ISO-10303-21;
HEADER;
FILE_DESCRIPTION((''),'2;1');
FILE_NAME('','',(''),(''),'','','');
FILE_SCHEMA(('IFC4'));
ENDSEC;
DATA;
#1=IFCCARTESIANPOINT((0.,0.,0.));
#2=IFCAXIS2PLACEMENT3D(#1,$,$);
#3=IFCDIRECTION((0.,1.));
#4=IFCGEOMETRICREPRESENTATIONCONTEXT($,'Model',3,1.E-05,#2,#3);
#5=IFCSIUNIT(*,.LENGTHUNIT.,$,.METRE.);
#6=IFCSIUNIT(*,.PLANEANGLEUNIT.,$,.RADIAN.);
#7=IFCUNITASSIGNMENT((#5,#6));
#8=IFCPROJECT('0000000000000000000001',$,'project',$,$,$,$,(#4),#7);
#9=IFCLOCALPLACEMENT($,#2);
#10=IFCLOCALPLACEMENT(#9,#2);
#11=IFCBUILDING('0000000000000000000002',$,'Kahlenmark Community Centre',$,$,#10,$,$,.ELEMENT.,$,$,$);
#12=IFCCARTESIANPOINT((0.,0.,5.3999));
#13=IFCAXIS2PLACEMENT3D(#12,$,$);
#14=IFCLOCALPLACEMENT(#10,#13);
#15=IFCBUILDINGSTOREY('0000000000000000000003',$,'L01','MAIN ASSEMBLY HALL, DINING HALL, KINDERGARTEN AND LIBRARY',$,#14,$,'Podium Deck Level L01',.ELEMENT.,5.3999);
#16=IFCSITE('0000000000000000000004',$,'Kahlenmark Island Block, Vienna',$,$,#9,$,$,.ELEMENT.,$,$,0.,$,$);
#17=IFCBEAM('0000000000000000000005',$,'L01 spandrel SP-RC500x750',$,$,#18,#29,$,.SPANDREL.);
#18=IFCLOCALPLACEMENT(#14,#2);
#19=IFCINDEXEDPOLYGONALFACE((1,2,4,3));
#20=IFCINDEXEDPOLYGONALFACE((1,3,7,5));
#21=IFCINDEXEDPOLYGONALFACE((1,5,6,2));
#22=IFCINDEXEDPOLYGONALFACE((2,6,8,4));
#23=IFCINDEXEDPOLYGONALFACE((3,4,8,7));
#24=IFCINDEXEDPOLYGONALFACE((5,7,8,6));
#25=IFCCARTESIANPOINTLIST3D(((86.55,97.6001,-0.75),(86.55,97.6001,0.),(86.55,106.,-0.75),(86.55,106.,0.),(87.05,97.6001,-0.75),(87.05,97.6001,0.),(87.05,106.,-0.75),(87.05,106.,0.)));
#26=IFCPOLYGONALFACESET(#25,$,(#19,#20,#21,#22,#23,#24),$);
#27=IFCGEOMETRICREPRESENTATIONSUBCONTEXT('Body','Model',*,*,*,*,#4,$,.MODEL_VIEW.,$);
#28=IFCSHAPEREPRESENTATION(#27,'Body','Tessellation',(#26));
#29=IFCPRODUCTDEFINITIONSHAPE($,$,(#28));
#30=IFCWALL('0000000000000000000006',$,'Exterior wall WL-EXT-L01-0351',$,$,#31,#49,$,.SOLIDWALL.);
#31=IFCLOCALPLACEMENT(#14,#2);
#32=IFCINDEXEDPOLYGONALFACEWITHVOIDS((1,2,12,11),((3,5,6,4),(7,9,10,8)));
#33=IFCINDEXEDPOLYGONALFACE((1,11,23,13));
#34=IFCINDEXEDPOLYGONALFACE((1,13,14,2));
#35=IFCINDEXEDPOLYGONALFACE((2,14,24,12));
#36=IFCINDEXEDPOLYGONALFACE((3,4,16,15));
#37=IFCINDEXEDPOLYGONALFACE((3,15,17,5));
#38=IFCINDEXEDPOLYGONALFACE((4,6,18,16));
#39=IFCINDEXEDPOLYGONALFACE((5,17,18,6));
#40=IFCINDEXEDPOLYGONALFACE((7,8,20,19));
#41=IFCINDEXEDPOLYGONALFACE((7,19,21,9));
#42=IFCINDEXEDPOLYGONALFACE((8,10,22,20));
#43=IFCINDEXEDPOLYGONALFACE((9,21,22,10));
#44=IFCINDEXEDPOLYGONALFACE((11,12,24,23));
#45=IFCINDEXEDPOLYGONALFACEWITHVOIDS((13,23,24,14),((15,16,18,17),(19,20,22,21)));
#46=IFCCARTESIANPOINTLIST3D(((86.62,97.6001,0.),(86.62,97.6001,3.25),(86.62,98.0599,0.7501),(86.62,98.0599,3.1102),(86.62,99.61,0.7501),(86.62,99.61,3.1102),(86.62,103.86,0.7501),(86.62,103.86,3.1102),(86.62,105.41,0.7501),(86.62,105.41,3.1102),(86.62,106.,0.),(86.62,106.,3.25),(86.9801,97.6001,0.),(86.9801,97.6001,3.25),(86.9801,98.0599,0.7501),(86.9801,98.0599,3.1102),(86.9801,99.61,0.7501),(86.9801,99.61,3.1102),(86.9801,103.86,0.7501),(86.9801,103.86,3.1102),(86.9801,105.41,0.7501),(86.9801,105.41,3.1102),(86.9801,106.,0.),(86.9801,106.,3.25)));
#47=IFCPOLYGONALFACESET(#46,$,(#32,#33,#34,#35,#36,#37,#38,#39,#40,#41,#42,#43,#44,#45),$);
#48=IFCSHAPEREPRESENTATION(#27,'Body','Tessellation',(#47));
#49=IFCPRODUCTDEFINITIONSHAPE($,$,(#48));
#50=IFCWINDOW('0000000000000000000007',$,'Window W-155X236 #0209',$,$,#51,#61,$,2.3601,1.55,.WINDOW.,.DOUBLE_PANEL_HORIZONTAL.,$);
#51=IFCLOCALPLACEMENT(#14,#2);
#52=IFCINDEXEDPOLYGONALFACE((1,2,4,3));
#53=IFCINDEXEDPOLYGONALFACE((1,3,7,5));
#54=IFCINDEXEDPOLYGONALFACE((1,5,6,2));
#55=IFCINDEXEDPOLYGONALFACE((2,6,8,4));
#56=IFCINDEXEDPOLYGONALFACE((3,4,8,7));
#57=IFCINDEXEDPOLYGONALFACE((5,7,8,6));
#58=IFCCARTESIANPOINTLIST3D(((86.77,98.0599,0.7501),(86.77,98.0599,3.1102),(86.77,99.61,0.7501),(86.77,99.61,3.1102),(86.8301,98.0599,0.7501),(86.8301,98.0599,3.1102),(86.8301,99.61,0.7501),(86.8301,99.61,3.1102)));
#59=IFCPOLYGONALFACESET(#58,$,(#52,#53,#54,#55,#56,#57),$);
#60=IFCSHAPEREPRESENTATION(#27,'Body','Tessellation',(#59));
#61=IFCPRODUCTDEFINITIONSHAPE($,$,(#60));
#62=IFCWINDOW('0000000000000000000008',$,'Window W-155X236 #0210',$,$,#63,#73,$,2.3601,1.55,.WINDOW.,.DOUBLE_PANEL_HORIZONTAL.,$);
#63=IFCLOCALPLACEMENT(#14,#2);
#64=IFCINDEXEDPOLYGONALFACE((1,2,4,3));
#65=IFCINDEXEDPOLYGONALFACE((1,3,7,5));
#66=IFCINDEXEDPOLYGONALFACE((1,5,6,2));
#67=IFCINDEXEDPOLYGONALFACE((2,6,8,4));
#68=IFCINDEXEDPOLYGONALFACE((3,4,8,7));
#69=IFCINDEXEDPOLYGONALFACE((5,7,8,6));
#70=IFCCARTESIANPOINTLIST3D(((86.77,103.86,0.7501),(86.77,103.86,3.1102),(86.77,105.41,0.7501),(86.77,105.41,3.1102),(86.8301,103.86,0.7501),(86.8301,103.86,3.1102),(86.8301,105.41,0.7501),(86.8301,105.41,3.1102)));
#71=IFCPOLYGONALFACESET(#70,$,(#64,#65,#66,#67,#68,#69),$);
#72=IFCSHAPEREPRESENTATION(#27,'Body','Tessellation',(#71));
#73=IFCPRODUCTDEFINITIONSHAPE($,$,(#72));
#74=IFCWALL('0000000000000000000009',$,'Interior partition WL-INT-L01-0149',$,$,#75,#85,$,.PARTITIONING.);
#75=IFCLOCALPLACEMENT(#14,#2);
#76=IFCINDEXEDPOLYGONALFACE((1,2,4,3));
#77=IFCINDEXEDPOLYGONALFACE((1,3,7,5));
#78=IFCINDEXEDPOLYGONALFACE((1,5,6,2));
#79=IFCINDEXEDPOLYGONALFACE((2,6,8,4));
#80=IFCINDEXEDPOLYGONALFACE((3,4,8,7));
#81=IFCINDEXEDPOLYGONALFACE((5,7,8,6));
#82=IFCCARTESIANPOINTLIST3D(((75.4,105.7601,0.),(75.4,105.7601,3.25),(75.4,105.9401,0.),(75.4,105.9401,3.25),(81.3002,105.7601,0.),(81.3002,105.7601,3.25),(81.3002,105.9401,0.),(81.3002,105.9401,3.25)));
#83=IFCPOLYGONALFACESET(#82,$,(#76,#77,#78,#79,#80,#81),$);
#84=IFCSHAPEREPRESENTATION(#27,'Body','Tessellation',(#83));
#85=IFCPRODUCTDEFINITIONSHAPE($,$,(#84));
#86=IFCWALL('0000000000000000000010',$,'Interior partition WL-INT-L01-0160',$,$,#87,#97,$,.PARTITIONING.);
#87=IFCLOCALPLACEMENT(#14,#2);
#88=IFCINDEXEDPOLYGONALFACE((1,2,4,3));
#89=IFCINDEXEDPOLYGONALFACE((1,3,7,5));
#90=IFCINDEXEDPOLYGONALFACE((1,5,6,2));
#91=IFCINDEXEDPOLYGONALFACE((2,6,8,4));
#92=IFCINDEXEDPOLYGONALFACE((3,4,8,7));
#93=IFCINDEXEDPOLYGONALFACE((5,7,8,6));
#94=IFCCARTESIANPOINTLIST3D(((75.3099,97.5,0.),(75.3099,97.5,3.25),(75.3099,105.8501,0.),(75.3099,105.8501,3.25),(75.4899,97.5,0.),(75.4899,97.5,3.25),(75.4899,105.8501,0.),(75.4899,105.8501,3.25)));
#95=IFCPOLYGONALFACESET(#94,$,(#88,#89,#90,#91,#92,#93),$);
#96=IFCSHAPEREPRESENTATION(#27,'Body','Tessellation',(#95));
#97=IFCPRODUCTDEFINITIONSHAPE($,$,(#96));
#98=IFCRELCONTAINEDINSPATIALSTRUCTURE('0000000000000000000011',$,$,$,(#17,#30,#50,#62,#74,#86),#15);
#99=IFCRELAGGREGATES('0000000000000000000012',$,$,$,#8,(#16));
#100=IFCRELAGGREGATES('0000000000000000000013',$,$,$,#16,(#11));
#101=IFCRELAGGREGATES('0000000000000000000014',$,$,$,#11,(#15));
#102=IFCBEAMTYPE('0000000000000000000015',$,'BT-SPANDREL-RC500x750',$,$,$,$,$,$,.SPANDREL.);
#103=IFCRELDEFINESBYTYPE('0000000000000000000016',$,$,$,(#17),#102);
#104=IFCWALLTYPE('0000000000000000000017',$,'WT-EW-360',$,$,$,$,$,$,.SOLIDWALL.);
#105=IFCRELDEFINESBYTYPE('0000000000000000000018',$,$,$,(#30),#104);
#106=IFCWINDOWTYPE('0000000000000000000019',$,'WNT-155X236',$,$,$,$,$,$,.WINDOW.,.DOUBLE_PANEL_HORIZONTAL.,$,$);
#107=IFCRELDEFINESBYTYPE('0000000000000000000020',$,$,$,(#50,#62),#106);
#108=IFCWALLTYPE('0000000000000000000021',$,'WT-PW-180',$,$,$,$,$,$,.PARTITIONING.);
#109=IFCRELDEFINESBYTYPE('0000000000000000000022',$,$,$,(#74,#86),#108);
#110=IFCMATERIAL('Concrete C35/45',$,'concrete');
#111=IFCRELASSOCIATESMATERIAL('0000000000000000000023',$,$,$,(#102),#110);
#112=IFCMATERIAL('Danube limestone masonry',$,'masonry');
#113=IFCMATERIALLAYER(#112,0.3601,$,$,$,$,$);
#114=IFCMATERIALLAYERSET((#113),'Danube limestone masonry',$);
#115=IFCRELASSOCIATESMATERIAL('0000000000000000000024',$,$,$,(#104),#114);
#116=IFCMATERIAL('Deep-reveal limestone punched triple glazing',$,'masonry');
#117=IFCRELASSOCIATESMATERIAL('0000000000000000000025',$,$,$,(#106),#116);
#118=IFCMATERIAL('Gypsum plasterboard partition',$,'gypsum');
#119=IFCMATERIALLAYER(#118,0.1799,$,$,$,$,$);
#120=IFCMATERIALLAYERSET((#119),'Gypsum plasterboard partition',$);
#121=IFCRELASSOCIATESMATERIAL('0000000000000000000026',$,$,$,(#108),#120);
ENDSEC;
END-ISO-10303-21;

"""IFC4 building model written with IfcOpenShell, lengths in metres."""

from ifc_helpers import new_model, si_unit, direction, frame, frame_2d, origin, origin_2d, place, context, subcontext, project, spatial, rectangle, extrude, material, layer, layer_set, material_profile, profile_set, type_object, element, fill, save


model = new_model("IFC4")

# Units and contexts
model_context = context("Model", 3, precision=1e-05, world=origin(), true_north=direction((0.0, 1.0)))
body_context = subcontext(model_context, "Body", "Model", "MODEL_VIEW")
ifc_project = project(units=[si_unit("LENGTHUNIT", "METRE"), si_unit("PLANEANGLEUNIT", "RADIAN")], contexts=[model_context])

# Site, building, storey
site_placement = place(None, origin())
site = spatial("IfcSite", under=ifc_project, at=site_placement, Name="Kahlenmark Island Block, Vienna", CompositionType="ELEMENT", RefElevation=0.0)
building_placement = place(site_placement, origin())
building = spatial("IfcBuilding", under=site, at=building_placement, Name="Kahlenmark Community Centre", CompositionType="ELEMENT")
storey_placement = place(building_placement, frame((0.0, 0.0, 5.3999)))
storey = spatial("IfcBuildingStorey", under=building, at=storey_placement, Name="L01", Description="MAIN ASSEMBLY HALL, DINING HALL, KINDERGARTEN AND LIBRARY", LongName="Podium Deck Level L01", CompositionType="ELEMENT", Elevation=5.3999)

# Beam
ifc_material_1 = material(Name="Concrete C35/45", Category="concrete")
ifc_material_profile_1 = material_profile(ifc_material_1, rectangle(XDim=0.5, YDim=0.75, at=origin_2d()), Name="RC 500x750")
ifc_profile_set_1 = profile_set([ifc_material_profile_1], Name="Concrete C35/45")
beam_type_1 = type_object("IfcBeamType", Name="BT-SPANDREL-RC500x750", PredefinedType="SPANDREL", material=ifc_profile_set_1)
beam_1_placement = place(storey_placement, frame((86.8, 97.6001, -0.375), z_axis=(0.0, 1.0, 0.0), x_axis=(-1.0, 0.0, 0.0)))
element("IfcBeam", 1, at=beam_1_placement, inside=storey, type_object=beam_type_1, Name="L01 spandrel SP-RC500x750", PredefinedType="SPANDREL", context=body_context, shape_type="SweptSolid", body=[
    extrude(rectangle(XDim=0.5, YDim=0.75, at=origin_2d()), origin(), (0.0, 0.0, 1.0), 8.3999),
])

# Wall, openings, windows
ifc_material_2 = material(Name="Danube limestone masonry", Category="masonry")
ifc_layer_1 = layer(ifc_material_2, 0.3601)
ifc_layer_set_1 = layer_set([ifc_layer_1], Name="Danube limestone masonry")
wall_type_1 = type_object("IfcWallType", Name="WT-EW-360", PredefinedType="SOLIDWALL", material=ifc_layer_set_1)
wall_1_placement = place(storey_placement, frame((86.8, 97.6001, 0.0), z_axis=(0.0, 0.0, 1.0), x_axis=(0.0, 1.0, 0.0)))
wall_1 = element("IfcWall", 2, at=wall_1_placement, inside=storey, type_object=wall_type_1, Name="Exterior wall WL-EXT-L01-0351", PredefinedType="SOLIDWALL", context=body_context, shape_type="SweptSolid", body=[
    extrude(rectangle(XDim=8.3999, YDim=0.3601, at=frame_2d((4.2, 0.0))), origin(), (0.0, 0.0, 1.0), 3.25),
])
opening_1_placement = place(wall_1_placement, frame((0.46, 0.0, 0.75)))
opening_1 = element("IfcOpeningElement", 3, at=opening_1_placement, cuts=wall_1, PredefinedType="OPENING", context=body_context, shape_type="SweptSolid", body=[
    extrude(rectangle(XDim=1.55, YDim=2.3601, at=frame_2d((0.7749, 1.1802))), frame((0.0, 0.1899, 0.0), z_axis=(0.0, -1.0, 0.0), x_axis=(1.0, 0.0, 0.0)), (0.0, 0.0, 1.0), 0.3801),
])
opening_2_placement = place(wall_1_placement, frame((6.26, 0.0, 0.75)))
opening_2 = element("IfcOpeningElement", 4, at=opening_2_placement, cuts=wall_1, PredefinedType="OPENING", context=body_context, shape_type="SweptSolid", body=[
    extrude(rectangle(XDim=1.55, YDim=2.3601, at=frame_2d((0.7749, 1.1802))), frame((0.0, 0.1899, 0.0), z_axis=(0.0, -1.0, 0.0), x_axis=(1.0, 0.0, 0.0)), (0.0, 0.0, 1.0), 0.3801),
])
ifc_material_3 = material(Name="Deep-reveal limestone punched triple glazing", Category="masonry")
window_type = type_object("IfcWindowType", Name="WNT-155X236", PartitioningType="DOUBLE_PANEL_HORIZONTAL", PredefinedType="WINDOW", material=ifc_material_3)
window_1_placement = place(opening_1_placement, origin())
window_1 = element("IfcWindow", 5, at=window_1_placement, inside=storey, type_object=window_type, Name="Window W-155X236 #0209", OverallHeight=2.3601, OverallWidth=1.55, PartitioningType="DOUBLE_PANEL_HORIZONTAL", PredefinedType="WINDOW", context=body_context, shape_type="SweptSolid", body=[
    extrude(rectangle(XDim=1.55, YDim=2.3601, at=frame_2d((0.7749, 1.1802))), frame((0.0, 0.03, 0.0), z_axis=(0.0, -1.0, 0.0), x_axis=(1.0, 0.0, 0.0)), (0.0, 0.0, 1.0), 0.0601),
])
fill(opening_1, window_1)
window_2_placement = place(opening_2_placement, origin())
window_2 = element("IfcWindow", 6, at=window_2_placement, inside=storey, type_object=window_type, Name="Window W-155X236 #0210", OverallHeight=2.3601, OverallWidth=1.55, PartitioningType="DOUBLE_PANEL_HORIZONTAL", PredefinedType="WINDOW", context=body_context, shape_type="SweptSolid", body=[
    extrude(rectangle(XDim=1.55, YDim=2.3601, at=frame_2d((0.7749, 1.1802))), frame((0.0, 0.03, 0.0), z_axis=(0.0, -1.0, 0.0), x_axis=(1.0, 0.0, 0.0)), (0.0, 0.0, 1.0), 0.0601),
])
fill(opening_2, window_2)

# Wall
ifc_material_4 = material(Name="Gypsum plasterboard partition", Category="gypsum")
ifc_layer_2 = layer(ifc_material_4, 0.1799)
ifc_layer_set_2 = layer_set([ifc_layer_2], Name="Gypsum plasterboard partition")
wall_type_2 = type_object("IfcWallType", Name="WT-PW-180", PredefinedType="PARTITIONING", material=ifc_layer_set_2)
wall_2_placement = place(storey_placement, frame((75.3999, 105.8501, 0.0), z_axis=(0.0, 0.0, 1.0), x_axis=(1.0, 0.0, 0.0)))
element("IfcWall", 7, at=wall_2_placement, inside=storey, type_object=wall_type_2, Name="Interior partition WL-INT-L01-0149", PredefinedType="PARTITIONING", context=body_context, shape_type="SweptSolid", body=[
    extrude(rectangle(XDim=5.9001, YDim=0.1799, at=frame_2d((2.9502, 0.0))), origin(), (0.0, 0.0, 1.0), 3.25),
])

# Wall
wall_3_placement = place(storey_placement, frame((75.3999, 97.5, 0.0), z_axis=(0.0, 0.0, 1.0), x_axis=(0.0, 1.0, 0.0)))
element("IfcWall", 8, at=wall_3_placement, inside=storey, type_object=wall_type_2, Name="Interior partition WL-INT-L01-0160", PredefinedType="PARTITIONING", context=body_context, shape_type="SweptSolid", body=[
    extrude(rectangle(XDim=8.3501, YDim=0.1799, at=frame_2d((4.175, 0.0))), origin(), (0.0, 0.0, 1.0), 3.25),
])

save(model, "model.ifc")
